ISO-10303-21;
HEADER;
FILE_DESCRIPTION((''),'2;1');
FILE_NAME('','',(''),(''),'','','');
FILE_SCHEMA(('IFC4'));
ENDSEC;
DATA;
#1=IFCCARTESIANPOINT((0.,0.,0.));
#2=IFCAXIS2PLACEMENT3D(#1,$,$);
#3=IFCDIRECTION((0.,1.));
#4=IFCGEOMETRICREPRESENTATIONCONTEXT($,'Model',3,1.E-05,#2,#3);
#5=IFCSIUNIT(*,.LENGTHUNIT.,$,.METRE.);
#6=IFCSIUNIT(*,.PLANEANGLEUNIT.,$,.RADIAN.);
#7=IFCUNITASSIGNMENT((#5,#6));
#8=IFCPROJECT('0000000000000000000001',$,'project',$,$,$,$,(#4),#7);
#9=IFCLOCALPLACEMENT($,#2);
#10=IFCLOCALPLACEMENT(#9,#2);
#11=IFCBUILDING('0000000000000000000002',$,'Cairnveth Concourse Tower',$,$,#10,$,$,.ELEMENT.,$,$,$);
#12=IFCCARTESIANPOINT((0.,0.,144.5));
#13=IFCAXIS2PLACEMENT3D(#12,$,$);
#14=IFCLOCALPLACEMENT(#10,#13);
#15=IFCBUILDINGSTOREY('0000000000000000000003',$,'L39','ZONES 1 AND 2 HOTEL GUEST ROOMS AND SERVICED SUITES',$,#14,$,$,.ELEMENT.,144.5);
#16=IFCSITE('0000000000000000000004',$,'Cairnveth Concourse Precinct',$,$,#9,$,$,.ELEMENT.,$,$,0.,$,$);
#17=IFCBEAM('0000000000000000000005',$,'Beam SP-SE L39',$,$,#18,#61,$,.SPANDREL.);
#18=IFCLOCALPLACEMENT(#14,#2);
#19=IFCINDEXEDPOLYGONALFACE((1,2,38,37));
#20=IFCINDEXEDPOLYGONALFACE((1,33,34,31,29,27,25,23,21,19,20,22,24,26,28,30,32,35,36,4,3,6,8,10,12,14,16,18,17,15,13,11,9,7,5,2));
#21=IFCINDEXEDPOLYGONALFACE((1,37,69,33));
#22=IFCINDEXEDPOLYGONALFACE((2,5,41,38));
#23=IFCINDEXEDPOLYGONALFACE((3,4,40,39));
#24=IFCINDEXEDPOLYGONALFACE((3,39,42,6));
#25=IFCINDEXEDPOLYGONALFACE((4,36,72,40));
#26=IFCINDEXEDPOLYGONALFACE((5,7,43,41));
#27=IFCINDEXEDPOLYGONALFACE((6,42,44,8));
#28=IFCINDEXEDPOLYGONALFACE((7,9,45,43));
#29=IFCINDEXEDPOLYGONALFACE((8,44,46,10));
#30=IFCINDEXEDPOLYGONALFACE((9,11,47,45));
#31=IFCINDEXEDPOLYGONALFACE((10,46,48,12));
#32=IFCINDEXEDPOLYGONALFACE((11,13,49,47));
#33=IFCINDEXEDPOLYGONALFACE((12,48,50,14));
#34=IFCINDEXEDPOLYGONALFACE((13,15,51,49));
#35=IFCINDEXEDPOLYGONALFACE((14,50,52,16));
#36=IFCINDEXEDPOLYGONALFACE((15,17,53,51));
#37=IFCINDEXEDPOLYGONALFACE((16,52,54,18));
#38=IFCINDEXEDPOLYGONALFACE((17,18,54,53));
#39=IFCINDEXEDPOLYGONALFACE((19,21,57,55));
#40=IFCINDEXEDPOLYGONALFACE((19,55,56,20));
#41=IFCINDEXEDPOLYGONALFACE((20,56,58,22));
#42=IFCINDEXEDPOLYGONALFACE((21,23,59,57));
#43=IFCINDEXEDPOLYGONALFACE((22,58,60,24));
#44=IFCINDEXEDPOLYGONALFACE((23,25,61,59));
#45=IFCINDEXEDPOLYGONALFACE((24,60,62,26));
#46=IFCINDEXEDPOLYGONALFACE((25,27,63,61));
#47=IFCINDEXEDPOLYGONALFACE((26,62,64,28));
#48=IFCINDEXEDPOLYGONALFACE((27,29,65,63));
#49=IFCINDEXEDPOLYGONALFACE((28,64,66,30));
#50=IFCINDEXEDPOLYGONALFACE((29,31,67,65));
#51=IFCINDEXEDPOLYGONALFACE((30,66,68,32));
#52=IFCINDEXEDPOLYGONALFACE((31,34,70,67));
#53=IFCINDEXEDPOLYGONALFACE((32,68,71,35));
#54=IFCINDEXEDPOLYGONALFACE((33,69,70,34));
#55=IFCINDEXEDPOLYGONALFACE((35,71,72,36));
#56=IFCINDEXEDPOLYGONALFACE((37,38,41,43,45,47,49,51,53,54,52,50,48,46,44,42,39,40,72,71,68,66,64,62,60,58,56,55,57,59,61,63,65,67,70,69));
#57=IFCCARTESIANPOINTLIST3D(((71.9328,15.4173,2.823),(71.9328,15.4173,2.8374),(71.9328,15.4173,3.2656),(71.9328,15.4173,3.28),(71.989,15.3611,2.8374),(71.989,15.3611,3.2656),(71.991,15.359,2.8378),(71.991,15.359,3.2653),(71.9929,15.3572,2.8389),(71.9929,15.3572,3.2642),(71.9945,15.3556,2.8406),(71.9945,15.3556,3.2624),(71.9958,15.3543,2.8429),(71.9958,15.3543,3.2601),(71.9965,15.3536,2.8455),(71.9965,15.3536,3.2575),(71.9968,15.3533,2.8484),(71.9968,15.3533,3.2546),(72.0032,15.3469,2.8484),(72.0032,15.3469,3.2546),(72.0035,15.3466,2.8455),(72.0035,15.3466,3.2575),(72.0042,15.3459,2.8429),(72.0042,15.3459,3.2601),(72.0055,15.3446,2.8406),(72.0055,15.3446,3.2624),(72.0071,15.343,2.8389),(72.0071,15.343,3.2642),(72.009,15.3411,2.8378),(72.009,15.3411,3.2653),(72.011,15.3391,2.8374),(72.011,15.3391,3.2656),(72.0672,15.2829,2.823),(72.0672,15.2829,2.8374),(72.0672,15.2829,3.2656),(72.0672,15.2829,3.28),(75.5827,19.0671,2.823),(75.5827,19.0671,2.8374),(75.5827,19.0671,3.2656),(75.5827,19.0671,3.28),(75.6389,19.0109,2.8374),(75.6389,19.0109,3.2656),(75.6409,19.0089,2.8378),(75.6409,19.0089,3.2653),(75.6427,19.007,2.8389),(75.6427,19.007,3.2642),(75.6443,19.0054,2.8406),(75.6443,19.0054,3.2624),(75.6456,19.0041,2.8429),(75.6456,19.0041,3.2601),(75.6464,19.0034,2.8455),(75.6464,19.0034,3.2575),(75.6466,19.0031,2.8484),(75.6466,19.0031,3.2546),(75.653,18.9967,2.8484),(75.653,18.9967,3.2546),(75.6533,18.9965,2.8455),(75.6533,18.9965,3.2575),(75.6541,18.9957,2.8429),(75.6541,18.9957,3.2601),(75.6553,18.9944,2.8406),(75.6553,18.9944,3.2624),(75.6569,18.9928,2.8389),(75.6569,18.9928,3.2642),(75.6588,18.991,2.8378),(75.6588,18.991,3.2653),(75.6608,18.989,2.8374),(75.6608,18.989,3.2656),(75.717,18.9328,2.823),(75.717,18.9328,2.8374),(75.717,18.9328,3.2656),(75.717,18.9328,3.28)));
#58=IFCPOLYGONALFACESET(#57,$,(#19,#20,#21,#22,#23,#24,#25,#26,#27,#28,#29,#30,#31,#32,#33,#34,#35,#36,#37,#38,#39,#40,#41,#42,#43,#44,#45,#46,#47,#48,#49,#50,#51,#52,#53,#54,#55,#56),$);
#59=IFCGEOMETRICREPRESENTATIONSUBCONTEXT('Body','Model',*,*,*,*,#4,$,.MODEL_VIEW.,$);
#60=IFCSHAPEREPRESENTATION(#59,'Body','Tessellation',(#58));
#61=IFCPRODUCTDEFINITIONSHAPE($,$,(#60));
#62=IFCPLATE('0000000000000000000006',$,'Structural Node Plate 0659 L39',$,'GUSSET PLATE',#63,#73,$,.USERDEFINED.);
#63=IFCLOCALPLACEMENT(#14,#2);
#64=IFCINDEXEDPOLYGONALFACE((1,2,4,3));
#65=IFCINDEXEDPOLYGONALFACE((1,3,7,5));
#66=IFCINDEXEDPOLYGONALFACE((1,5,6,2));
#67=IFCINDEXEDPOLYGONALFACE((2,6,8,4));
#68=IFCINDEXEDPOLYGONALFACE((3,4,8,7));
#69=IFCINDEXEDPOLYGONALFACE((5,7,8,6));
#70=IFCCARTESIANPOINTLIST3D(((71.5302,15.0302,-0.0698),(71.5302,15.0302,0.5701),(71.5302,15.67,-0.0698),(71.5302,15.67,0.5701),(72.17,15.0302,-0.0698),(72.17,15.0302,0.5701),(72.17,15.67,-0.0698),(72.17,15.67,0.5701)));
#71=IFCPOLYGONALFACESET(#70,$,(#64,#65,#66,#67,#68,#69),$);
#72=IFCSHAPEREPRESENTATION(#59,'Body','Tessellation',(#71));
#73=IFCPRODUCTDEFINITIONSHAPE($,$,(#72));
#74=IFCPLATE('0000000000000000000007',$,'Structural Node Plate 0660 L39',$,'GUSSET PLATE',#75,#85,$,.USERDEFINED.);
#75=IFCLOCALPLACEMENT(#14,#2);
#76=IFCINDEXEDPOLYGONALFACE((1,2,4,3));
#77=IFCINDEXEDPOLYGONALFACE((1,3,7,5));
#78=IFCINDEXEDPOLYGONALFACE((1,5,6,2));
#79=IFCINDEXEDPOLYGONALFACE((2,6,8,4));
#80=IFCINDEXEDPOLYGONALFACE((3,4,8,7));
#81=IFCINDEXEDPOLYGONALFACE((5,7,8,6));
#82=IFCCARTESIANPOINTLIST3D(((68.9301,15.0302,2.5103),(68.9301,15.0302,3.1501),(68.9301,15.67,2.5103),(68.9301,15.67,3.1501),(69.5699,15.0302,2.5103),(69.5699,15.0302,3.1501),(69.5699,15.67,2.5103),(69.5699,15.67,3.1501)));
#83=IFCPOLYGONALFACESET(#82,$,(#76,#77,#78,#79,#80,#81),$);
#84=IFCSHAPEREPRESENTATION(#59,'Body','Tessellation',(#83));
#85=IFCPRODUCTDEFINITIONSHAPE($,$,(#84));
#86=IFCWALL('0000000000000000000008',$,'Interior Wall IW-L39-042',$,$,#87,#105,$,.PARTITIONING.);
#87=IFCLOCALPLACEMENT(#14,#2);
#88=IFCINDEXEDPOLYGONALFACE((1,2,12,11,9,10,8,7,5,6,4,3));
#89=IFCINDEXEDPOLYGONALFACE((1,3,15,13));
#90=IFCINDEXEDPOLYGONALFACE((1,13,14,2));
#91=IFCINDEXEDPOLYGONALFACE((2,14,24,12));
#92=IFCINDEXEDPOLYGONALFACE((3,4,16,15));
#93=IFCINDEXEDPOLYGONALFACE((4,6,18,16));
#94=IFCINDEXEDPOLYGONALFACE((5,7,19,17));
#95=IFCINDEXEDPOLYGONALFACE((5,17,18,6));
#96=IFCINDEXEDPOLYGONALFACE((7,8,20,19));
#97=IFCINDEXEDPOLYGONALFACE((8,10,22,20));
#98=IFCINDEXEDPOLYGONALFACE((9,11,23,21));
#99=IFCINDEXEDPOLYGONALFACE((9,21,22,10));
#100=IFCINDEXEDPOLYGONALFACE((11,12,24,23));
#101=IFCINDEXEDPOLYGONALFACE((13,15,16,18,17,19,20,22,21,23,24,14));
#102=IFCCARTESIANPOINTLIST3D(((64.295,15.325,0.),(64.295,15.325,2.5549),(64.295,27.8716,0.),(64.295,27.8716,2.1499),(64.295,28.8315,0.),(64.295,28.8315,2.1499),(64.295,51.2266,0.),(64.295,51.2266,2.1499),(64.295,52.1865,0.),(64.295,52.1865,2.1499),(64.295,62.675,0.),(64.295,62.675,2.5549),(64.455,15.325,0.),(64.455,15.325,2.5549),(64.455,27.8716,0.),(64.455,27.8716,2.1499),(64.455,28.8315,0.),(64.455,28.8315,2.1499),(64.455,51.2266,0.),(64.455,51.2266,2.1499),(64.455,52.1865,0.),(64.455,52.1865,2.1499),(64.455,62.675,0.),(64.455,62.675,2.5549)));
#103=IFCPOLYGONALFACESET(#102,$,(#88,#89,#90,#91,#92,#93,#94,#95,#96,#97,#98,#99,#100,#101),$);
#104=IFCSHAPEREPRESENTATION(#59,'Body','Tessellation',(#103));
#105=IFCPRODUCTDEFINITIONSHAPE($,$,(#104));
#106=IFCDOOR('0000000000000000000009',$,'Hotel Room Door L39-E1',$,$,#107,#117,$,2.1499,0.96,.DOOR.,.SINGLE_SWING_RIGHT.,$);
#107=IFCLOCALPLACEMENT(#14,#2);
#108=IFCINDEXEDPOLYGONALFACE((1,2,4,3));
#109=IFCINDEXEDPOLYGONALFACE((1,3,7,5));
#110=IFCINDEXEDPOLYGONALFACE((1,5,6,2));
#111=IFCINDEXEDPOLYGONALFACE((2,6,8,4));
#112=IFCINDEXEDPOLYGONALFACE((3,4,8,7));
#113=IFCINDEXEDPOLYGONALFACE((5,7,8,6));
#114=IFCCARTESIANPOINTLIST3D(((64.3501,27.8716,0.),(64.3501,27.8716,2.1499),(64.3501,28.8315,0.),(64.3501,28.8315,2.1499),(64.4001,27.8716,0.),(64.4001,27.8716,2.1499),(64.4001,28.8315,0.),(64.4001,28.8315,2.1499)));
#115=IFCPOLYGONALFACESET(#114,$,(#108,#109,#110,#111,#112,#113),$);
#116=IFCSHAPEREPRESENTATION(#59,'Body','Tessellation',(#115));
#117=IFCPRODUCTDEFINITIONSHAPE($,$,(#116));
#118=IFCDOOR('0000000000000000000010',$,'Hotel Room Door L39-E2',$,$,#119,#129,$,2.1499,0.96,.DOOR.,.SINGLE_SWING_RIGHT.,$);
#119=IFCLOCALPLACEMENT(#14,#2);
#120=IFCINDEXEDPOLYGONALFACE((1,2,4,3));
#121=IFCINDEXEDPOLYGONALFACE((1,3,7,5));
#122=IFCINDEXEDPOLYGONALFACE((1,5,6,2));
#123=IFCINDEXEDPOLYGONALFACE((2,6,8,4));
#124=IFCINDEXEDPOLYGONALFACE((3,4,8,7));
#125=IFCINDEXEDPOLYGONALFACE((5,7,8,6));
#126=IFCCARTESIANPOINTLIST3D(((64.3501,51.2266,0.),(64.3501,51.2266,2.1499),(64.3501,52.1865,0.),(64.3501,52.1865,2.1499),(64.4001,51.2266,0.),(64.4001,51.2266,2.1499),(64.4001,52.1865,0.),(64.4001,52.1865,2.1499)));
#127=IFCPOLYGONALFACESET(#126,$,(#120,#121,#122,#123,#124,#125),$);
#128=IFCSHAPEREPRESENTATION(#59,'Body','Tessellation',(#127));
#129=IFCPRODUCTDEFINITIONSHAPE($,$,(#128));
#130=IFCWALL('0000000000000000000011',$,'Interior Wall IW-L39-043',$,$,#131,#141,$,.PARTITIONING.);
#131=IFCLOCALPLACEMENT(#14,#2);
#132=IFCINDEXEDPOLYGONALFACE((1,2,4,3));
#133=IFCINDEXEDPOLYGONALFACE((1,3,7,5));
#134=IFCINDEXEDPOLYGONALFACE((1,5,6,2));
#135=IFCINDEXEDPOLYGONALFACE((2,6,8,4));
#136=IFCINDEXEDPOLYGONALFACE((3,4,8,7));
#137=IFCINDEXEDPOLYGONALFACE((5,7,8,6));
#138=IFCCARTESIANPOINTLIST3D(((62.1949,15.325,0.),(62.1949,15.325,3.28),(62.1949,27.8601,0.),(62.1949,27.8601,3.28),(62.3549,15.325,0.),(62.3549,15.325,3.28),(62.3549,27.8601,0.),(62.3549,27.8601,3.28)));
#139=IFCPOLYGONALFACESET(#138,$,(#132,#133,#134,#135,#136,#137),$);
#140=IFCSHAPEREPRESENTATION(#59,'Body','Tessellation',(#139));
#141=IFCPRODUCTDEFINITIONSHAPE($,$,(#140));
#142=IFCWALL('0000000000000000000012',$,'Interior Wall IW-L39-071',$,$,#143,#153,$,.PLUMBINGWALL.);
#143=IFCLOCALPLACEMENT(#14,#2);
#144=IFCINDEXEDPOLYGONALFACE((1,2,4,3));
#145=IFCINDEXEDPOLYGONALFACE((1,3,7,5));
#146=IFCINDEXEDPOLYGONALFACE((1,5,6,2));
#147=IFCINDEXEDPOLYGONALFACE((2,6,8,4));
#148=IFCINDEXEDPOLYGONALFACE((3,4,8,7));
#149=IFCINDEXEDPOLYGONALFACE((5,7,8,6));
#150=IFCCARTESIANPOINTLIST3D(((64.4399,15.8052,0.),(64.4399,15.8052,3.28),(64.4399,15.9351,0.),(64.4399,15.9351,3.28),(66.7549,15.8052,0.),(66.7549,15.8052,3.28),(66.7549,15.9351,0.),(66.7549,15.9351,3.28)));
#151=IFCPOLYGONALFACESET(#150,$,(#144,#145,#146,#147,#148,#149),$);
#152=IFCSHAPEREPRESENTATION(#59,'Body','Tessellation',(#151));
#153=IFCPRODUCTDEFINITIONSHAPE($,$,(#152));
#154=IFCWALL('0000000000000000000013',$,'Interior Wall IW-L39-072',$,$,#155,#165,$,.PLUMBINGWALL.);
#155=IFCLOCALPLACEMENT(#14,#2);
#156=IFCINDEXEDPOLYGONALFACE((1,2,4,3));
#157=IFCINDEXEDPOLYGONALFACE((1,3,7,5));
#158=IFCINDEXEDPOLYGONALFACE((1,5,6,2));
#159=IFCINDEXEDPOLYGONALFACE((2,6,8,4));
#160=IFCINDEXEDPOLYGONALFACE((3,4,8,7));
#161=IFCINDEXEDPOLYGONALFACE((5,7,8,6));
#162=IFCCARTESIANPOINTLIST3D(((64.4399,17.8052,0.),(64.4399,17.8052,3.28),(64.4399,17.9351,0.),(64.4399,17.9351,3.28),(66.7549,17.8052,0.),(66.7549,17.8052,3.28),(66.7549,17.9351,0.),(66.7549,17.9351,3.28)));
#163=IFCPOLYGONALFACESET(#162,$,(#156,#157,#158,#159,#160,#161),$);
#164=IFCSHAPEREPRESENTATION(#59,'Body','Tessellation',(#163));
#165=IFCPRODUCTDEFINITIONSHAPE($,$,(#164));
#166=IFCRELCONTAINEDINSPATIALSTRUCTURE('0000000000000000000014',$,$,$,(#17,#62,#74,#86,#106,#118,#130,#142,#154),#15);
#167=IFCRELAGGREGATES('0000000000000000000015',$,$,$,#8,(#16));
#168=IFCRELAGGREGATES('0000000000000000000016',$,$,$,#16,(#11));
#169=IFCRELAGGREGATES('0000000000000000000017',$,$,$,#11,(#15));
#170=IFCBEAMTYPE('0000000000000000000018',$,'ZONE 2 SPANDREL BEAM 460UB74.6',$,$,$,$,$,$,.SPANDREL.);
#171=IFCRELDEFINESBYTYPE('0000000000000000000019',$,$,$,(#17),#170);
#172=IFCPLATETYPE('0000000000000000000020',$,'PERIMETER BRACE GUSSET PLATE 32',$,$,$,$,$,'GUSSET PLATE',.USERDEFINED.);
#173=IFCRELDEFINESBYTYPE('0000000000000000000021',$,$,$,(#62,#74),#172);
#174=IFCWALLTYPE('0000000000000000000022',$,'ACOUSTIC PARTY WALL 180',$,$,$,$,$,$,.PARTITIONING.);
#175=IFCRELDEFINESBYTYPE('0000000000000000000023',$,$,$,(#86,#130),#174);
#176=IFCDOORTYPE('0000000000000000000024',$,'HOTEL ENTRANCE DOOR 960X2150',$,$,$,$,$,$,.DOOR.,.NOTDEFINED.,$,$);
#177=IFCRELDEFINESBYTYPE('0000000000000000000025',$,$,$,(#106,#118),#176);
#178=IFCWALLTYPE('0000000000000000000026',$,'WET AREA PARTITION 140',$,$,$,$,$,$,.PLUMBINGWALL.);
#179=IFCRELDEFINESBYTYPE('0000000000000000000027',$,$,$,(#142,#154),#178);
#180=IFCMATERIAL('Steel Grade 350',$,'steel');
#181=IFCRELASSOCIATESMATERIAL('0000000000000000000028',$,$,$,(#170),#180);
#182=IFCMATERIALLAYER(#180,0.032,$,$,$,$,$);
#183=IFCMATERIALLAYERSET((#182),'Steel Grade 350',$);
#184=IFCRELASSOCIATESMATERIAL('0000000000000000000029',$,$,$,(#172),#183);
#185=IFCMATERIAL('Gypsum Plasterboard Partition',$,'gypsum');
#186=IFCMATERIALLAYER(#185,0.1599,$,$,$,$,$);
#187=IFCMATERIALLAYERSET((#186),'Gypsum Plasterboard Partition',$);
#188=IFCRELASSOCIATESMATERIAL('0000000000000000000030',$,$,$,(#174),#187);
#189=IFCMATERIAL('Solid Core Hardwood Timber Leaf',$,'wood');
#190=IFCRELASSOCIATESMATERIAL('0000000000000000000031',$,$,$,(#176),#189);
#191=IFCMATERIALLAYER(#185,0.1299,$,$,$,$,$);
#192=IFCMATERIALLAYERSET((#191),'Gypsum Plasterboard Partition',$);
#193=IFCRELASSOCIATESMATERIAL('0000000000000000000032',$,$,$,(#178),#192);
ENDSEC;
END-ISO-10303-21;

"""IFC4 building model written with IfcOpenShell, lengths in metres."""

from ifc_helpers import new_model, si_unit, direction, frame, frame_2d, origin, origin_2d, place, context, subcontext, project, spatial, rectangle, i_section, extrude, material, layer, layer_set, material_profile, profile_set, type_object, element, fill, save


model = new_model("IFC4")

# Units and contexts
model_context = context("Model", 3, precision=1e-05, world=origin(), true_north=direction((0.0, 1.0)))
body_context = subcontext(model_context, "Body", "Model", "MODEL_VIEW")
ifc_project = project(units=[si_unit("LENGTHUNIT", "METRE"), si_unit("PLANEANGLEUNIT", "RADIAN")], contexts=[model_context])

# Site, building, storey
site_placement = place(None, origin())
site = spatial("IfcSite", under=ifc_project, at=site_placement, Name="Cairnveth Concourse Precinct", CompositionType="ELEMENT", RefElevation=0.0)
building_placement = place(site_placement, origin())
building = spatial("IfcBuilding", under=site, at=building_placement, Name="Cairnveth Concourse Tower", CompositionType="ELEMENT")
storey_placement = place(building_placement, frame((0.0, 0.0, 144.5)))
storey = spatial("IfcBuildingStorey", under=building, at=storey_placement, Name="L39", Description="ZONES 1 AND 2 HOTEL GUEST ROOMS AND SERVICED SUITES", CompositionType="ELEMENT", Elevation=144.5)

# Shared definitions
ifc_material_1 = material(Name="Steel Grade 350", Category="steel")

# Beam
ifc_material_profile_1 = material_profile(ifc_material_1, i_section(OverallWidth=0.1899, OverallDepth=0.457, WebThickness=0.009, FlangeThickness=0.0144, FilletRadius=0.011, at=origin_2d()), Name="460UB74.6")
ifc_profile_set_1 = profile_set([ifc_material_profile_1], Name="Steel Grade 350")
beam_type_1 = type_object("IfcBeamType", Name="ZONE 2 SPANDREL BEAM 460UB74.6", PredefinedType="SPANDREL", material=ifc_profile_set_1)
beam_1_placement = place(storey_placement, frame((72.0, 15.3501, 3.0515), z_axis=(0.707107, 0.707107, 0.0), x_axis=(-0.707107, 0.707107, 0.0)))
element("IfcBeam", 1, at=beam_1_placement, inside=storey, type_object=beam_type_1, Name="Beam SP-SE L39", PredefinedType="SPANDREL", context=body_context, shape_type="SweptSolid", body=[
    extrude(i_section(OverallWidth=0.1899, OverallDepth=0.457, WebThickness=0.009, FlangeThickness=0.0144, FilletRadius=0.011, at=origin_2d()), origin(), (0.0, 0.0, 1.0), 5.1616),
])

# Plates
ifc_layer_1 = layer(ifc_material_1, 0.032)
ifc_layer_set_1 = layer_set([ifc_layer_1], Name="Steel Grade 350")
plate_type = type_object("IfcPlateType", Name="PERIMETER BRACE GUSSET PLATE 32", ElementType="GUSSET PLATE", PredefinedType="USERDEFINED", material=ifc_layer_set_1)
for number, where, z_axis, x_axis, name in (
    (2, (71.8501, 15.3501, -0.0698), (0.0, 0.0, 1.0), (1.0, 0.0, 0.0), "Structural Node Plate 0659 L39"),
    (3, (69.25, 15.3501, 2.5103), (0.0, 0.0, 1.0), (1.0, 0.0, 0.0), "Structural Node Plate 0660 L39"),
):
    element("IfcPlate", number, at=place(storey_placement, frame(where, z_axis=z_axis, x_axis=x_axis)), inside=storey, type_object=plate_type, Name=name, ObjectType="GUSSET PLATE", PredefinedType="USERDEFINED", context=body_context, shape_type="SweptSolid", body=[
        extrude(rectangle(XDim=0.6399, YDim=0.6399, at=origin_2d()), origin(), (0.0, 0.0, 1.0), 0.6399),
    ])

# Wall, openings, doors
ifc_material_2 = material(Name="Gypsum Plasterboard Partition", Category="gypsum")
ifc_layer_2 = layer(ifc_material_2, 0.1599)
ifc_layer_set_2 = layer_set([ifc_layer_2], Name="Gypsum Plasterboard Partition")
wall_type_1 = type_object("IfcWallType", Name="ACOUSTIC PARTY WALL 180", PredefinedType="PARTITIONING", material=ifc_layer_set_2)
wall_1_placement = place(storey_placement, frame((64.375, 15.325, 0.0), z_axis=(0.0, 0.0, 1.0), x_axis=(0.0, 1.0, 0.0)))
wall_1 = element("IfcWall", 4, at=wall_1_placement, inside=storey, type_object=wall_type_1, Name="Interior Wall IW-L39-042", PredefinedType="PARTITIONING", context=body_context, shape_type="SweptSolid", body=[
    extrude(rectangle(XDim=47.3501, YDim=0.1599, at=frame_2d((23.675, 0.0))), origin(), (0.0, 0.0, 1.0), 2.5549),
])
opening_1_placement = place(wall_1_placement, frame((12.5466, 0.0, 0.0)))
opening_1 = element("IfcOpeningElement", 5, at=opening_1_placement, cuts=wall_1, PredefinedType="OPENING", context=body_context, shape_type="SweptSolid", body=[
    extrude(rectangle(XDim=0.96, YDim=2.1499, at=frame_2d((0.48, 1.075))), frame((0.0, 0.0898, 0.0), z_axis=(0.0, -1.0, 0.0), x_axis=(1.0, 0.0, 0.0)), (0.0, 0.0, 1.0), 0.1799),
])
opening_2_placement = place(wall_1_placement, frame((35.9016, 0.0, 0.0)))
opening_2 = element("IfcOpeningElement", 6, at=opening_2_placement, cuts=wall_1, PredefinedType="OPENING", context=body_context, shape_type="SweptSolid", body=[
    extrude(rectangle(XDim=0.96, YDim=2.1499, at=frame_2d((0.48, 1.075))), frame((0.0, 0.0898, 0.0), z_axis=(0.0, -1.0, 0.0), x_axis=(1.0, 0.0, 0.0)), (0.0, 0.0, 1.0), 0.1799),
])
ifc_material_3 = material(Name="Solid Core Hardwood Timber Leaf", Category="wood")
door_type_1 = type_object("IfcDoorType", Name="HOTEL ENTRANCE DOOR 960X2150", OperationType="NOTDEFINED", PredefinedType="DOOR", material=ifc_material_3)
door_1_placement = place(opening_1_placement, origin())
door_1 = element("IfcDoor", 7, at=door_1_placement, inside=storey, type_object=door_type_1, Name="Hotel Room Door L39-E1", OperationType="SINGLE_SWING_RIGHT", OverallHeight=2.1499, OverallWidth=0.96, PredefinedType="DOOR", context=body_context, shape_type="SweptSolid", body=[
    extrude(rectangle(XDim=0.96, YDim=2.1499, at=frame_2d((0.48, 1.075))), frame((0.0, 0.0249, 0.0), z_axis=(0.0, -1.0, 0.0), x_axis=(1.0, 0.0, 0.0)), (0.0, 0.0, 1.0), 0.05),
])
fill(opening_1, door_1)
door_2_placement = place(opening_2_placement, origin())
door_2 = element("IfcDoor", 8, at=door_2_placement, inside=storey, type_object=door_type_1, Name="Hotel Room Door L39-E2", OperationType="SINGLE_SWING_RIGHT", OverallHeight=2.1499, OverallWidth=0.96, PredefinedType="DOOR", context=body_context, shape_type="SweptSolid", body=[
    extrude(rectangle(XDim=0.96, YDim=2.1499, at=frame_2d((0.48, 1.075))), frame((0.0, 0.0249, 0.0), z_axis=(0.0, -1.0, 0.0), x_axis=(1.0, 0.0, 0.0)), (0.0, 0.0, 1.0), 0.05),
])
fill(opening_2, door_2)

# Walls
wall_2_placement = place(storey_placement, frame((62.2749, 15.325, 0.0), z_axis=(0.0, 0.0, 1.0), x_axis=(0.0, 1.0, 0.0)))
element("IfcWall", 9, at=wall_2_placement, inside=storey, type_object=wall_type_1, Name="Interior Wall IW-L39-043", PredefinedType="PARTITIONING", context=body_context, shape_type="SweptSolid", body=[
    extrude(rectangle(XDim=12.5352, YDim=0.1599, at=frame_2d((6.2676, 0.0))), origin(), (0.0, 0.0, 1.0), 3.28),
])
ifc_layer_3 = layer(ifc_material_2, 0.1299)
ifc_layer_set_3 = layer_set([ifc_layer_3], Name="Gypsum Plasterboard Partition")
wall_type_2 = type_object("IfcWallType", Name="WET AREA PARTITION 140", PredefinedType="PLUMBINGWALL", material=ifc_layer_set_3)
for number, where, z_axis, x_axis, name in (
    (10, (64.4399, 15.8701, 0.0), (0.0, 0.0, 1.0), (1.0, 0.0, 0.0), "Interior Wall IW-L39-071"),
    (11, (64.4399, 17.8701, 0.0), (0.0, 0.0, 1.0), (1.0, 0.0, 0.0), "Interior Wall IW-L39-072"),
):
    element("IfcWall", number, at=place(storey_placement, frame(where, z_axis=z_axis, x_axis=x_axis)), inside=storey, type_object=wall_type_2, Name=name, PredefinedType="PLUMBINGWALL", context=body_context, shape_type="SweptSolid", body=[
        extrude(rectangle(XDim=2.3149, YDim=0.1299, at=frame_2d((1.1575, 0.0))), origin(), (0.0, 0.0, 1.0), 3.28),
    ])

save(model, "model.ifc")
